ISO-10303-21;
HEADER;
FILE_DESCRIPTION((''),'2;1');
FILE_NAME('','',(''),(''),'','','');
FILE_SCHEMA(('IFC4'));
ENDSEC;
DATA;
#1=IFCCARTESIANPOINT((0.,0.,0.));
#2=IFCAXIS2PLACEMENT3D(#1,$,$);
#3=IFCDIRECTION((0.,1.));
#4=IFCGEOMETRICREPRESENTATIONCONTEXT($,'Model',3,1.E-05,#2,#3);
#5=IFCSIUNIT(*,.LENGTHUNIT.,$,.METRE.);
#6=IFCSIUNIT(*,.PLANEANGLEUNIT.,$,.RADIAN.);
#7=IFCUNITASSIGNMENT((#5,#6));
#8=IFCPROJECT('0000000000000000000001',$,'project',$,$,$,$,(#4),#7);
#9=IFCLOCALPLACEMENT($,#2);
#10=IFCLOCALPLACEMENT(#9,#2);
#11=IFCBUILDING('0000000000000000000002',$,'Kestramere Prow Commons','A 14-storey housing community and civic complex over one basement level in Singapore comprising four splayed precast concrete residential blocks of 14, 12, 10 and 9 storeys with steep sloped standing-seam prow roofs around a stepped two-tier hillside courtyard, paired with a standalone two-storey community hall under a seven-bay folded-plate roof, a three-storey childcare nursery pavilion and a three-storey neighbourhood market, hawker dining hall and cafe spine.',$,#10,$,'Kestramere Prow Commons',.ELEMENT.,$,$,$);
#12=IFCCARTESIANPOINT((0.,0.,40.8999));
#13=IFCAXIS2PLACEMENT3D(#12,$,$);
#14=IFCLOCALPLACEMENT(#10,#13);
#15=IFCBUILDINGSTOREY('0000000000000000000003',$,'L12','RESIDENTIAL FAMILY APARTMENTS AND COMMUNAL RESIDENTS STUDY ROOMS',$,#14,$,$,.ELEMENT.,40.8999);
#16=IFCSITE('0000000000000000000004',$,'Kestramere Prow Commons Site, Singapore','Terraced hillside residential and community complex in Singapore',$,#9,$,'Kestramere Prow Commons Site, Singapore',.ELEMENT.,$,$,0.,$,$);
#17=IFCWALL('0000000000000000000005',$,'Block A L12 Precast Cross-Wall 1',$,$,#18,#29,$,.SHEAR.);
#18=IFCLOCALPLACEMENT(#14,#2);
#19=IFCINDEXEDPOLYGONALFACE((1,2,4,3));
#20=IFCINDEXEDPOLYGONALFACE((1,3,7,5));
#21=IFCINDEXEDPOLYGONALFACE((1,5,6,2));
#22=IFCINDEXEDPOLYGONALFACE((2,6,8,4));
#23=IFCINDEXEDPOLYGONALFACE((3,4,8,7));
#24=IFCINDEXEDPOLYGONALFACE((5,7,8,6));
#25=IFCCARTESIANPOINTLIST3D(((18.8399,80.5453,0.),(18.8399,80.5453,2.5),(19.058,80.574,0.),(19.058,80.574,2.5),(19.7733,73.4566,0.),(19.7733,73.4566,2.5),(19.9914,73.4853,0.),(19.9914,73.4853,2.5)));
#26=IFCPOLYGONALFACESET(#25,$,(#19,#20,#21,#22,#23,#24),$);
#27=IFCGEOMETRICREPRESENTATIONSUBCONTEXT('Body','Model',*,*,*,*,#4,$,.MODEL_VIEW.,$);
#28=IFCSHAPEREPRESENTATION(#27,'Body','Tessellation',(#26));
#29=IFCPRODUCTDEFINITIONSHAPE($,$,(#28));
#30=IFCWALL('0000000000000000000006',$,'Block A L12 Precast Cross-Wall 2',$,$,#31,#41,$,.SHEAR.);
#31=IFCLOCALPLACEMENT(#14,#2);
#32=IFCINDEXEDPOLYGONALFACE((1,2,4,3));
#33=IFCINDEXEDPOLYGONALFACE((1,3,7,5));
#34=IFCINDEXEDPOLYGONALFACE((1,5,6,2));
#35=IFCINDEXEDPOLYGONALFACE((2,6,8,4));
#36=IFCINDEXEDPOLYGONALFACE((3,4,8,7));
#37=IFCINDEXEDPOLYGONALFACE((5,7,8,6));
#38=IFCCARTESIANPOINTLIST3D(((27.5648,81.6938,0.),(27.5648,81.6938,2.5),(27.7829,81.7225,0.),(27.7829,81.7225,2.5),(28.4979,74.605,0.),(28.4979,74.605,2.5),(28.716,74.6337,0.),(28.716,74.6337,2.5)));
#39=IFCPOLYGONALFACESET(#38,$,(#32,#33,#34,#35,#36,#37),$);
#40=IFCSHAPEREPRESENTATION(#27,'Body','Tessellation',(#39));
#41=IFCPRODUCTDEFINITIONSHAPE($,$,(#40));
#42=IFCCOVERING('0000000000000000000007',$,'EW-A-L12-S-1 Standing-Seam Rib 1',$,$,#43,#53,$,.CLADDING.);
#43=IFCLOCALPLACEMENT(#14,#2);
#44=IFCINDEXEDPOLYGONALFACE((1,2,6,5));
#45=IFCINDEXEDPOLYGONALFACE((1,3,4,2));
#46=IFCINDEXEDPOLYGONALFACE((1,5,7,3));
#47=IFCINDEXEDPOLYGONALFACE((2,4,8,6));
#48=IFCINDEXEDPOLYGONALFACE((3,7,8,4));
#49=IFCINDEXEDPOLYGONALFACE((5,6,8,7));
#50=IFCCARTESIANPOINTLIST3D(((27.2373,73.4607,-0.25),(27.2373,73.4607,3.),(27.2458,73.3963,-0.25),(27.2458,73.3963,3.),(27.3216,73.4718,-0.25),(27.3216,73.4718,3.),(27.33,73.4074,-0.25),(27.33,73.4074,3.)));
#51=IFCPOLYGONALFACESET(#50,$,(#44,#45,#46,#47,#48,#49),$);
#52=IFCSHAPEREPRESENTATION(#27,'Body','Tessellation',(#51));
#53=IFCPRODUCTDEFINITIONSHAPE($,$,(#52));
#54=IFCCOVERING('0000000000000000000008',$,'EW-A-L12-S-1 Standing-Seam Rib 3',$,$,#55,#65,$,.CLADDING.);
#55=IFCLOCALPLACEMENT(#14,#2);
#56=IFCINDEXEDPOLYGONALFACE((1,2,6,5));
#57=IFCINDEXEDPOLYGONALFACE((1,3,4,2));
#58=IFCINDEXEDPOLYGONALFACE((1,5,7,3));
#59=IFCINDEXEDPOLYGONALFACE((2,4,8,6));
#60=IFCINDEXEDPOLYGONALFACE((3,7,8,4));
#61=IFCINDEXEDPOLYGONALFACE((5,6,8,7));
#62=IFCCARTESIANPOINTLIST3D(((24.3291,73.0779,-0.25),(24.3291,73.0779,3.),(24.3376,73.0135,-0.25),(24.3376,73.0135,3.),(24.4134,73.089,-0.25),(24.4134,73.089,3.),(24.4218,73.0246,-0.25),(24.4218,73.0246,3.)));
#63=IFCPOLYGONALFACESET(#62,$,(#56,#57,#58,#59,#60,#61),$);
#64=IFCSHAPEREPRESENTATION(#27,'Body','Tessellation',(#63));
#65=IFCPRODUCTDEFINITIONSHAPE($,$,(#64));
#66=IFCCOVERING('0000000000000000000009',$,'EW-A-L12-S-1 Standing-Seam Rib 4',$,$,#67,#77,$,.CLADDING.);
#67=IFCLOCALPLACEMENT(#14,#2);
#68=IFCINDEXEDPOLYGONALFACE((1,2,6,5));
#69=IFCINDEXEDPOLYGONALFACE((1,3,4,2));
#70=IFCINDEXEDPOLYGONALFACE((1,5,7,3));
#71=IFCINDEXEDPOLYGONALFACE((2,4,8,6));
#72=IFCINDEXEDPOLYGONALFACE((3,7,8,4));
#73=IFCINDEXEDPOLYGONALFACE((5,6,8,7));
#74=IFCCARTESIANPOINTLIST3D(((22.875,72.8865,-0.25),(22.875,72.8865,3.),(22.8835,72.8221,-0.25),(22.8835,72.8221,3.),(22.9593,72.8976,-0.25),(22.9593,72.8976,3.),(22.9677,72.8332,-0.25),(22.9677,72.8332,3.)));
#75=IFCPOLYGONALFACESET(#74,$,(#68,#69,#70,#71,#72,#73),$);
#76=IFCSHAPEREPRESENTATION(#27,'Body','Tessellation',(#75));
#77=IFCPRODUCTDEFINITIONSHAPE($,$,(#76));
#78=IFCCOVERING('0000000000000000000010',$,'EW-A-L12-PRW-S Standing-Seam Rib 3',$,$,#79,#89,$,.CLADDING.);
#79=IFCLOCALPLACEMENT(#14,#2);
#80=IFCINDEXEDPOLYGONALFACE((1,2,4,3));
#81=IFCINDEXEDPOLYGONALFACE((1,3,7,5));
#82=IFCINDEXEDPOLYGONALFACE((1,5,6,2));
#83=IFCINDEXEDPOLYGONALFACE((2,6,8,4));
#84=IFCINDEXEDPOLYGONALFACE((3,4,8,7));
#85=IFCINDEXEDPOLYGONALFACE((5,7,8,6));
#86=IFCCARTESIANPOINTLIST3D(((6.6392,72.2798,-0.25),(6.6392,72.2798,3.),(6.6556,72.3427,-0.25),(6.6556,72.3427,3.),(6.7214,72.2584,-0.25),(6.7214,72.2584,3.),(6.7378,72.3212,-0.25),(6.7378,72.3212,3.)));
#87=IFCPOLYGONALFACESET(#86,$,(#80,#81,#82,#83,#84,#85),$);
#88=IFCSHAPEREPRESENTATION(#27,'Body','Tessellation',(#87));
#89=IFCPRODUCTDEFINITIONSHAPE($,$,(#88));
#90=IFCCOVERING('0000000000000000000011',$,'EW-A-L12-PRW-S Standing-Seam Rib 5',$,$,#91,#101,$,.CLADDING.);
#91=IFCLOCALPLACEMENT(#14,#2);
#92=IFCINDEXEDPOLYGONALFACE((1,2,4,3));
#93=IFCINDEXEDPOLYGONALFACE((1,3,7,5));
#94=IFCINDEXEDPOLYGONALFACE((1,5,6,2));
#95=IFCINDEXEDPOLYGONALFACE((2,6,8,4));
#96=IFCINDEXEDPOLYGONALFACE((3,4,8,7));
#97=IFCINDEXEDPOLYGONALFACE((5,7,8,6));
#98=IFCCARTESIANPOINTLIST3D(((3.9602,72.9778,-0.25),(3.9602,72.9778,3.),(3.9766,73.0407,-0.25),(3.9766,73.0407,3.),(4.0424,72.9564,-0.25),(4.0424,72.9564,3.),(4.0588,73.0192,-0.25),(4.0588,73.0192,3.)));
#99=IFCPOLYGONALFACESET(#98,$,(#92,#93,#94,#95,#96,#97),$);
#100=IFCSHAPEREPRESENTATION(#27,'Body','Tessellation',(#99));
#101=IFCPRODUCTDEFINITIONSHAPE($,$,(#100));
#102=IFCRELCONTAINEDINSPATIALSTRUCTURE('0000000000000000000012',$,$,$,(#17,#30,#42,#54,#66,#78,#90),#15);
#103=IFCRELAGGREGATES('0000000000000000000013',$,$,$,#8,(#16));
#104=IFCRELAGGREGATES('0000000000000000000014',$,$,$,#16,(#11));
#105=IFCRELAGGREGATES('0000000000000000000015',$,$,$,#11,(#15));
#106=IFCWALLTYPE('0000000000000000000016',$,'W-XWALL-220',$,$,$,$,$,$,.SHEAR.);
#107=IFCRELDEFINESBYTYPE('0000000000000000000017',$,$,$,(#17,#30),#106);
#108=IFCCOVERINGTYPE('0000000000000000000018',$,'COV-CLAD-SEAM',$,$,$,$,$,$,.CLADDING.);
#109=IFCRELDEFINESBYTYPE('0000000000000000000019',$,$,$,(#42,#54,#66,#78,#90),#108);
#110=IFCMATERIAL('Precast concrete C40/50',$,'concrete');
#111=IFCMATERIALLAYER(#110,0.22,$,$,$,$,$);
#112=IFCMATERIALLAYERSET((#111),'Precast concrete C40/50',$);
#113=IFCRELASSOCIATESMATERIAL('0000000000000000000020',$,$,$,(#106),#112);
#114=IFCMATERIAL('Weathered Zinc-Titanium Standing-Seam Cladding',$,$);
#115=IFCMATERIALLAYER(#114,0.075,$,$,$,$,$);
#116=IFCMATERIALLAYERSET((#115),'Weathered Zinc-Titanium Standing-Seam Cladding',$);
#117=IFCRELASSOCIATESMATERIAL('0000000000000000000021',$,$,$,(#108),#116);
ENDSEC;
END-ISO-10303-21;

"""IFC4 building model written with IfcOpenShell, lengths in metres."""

from ifc_helpers import new_model, si_unit, direction, frame, frame_2d, origin, origin_2d, place, context, subcontext, project, spatial, rectangle, extrude, material, layer, layer_set, type_object, element, save


model = new_model("IFC4")

# Units and contexts
model_context = context("Model", 3, precision=1e-05, world=origin(), true_north=direction((0.0, 1.0)))
body_context = subcontext(model_context, "Body", "Model", "MODEL_VIEW")
ifc_project = project(units=[si_unit("LENGTHUNIT", "METRE"), si_unit("PLANEANGLEUNIT", "RADIAN")], contexts=[model_context])

# Site, building, storey
site_placement = place(None, origin())
site = spatial("IfcSite", under=ifc_project, at=site_placement, Name="Kestramere Prow Commons Site, Singapore", Description="Terraced hillside residential and community complex in Singapore", LongName="Kestramere Prow Commons Site, Singapore", CompositionType="ELEMENT", RefElevation=0.0)
building_placement = place(site_placement, origin())
building = spatial("IfcBuilding", under=site, at=building_placement, Name="Kestramere Prow Commons", Description="A 14-storey housing community and civic complex over one basement level in Singapore comprising four splayed precast concrete residential blocks of 14, 12, 10 and 9 storeys with steep sloped standing-seam prow roofs around a stepped two-tier hillside courtyard, paired with a standalone two-storey community hall under a seven-bay folded-plate roof, a three-storey childcare nursery pavilion and a three-storey neighbourhood market, hawker dining hall and cafe spine.", LongName="Kestramere Prow Commons", CompositionType="ELEMENT")
storey_placement = place(building_placement, frame((0.0, 0.0, 40.8999)))
storey = spatial("IfcBuildingStorey", under=building, at=storey_placement, Name="L12", Description="RESIDENTIAL FAMILY APARTMENTS AND COMMUNAL RESIDENTS STUDY ROOMS", CompositionType="ELEMENT", Elevation=40.8999)

# Shared definitions
ifc_material_1 = material(Name="Precast concrete C40/50", Category="concrete")

# Shared definitions
ifc_material_2 = material(Name="Weathered Zinc-Titanium Standing-Seam Cladding")

# Walls
ifc_layer_1 = layer(ifc_material_1, 0.22)
ifc_layer_set_1 = layer_set([ifc_layer_1], Name="Precast concrete C40/50")
wall_type_1 = type_object("IfcWallType", Name="W-XWALL-220", PredefinedType="SHEAR", material=ifc_layer_set_1)
for number, where, z_axis, x_axis, name in (
    (1, (19.8823, 73.4709, 0.0), (0.0, 0.0, 1.0), (-0.130542, 0.991443, 0.0), "Block A L12 Precast Cross-Wall 1"),
    (2, (28.6069, 74.6194, 0.0), (0.0, 0.0, 1.0), (-0.130504, 0.991448, 0.0), "Block A L12 Precast Cross-Wall 2"),
):
    element("IfcWall", number, at=place(storey_placement, frame(where, z_axis=z_axis, x_axis=x_axis)), inside=storey, type_object=wall_type_1, Name=name, PredefinedType="SHEAR", context=body_context, shape_type="SweptSolid", body=[
        extrude(rectangle(XDim=7.1499, YDim=0.22, at=frame_2d((3.575, 0.0))), origin(), (0.0, 0.0, 1.0), 2.5),
    ])

# Coverings
ifc_layer_2 = layer(ifc_material_2, 0.075)
ifc_layer_set_2 = layer_set([ifc_layer_2], Name="Weathered Zinc-Titanium Standing-Seam Cladding")
covering_type = type_object("IfcCoveringType", Name="COV-CLAD-SEAM", PredefinedType="CLADDING", material=ifc_layer_set_2)
for number, where, z_axis, x_axis, name in (
    (3, (27.2837, 73.4341, -0.25), (0.0, 0.0, 1.0), (-0.991445, -0.130526, 0.0), "EW-A-L12-S-1 Standing-Seam Rib 1"),
    (4, (24.3755, 73.0513, -0.25), (0.0, 0.0, 1.0), (-0.991445, -0.130526, 0.0), "EW-A-L12-S-1 Standing-Seam Rib 3"),
    (5, (22.9214, 72.8599, -0.25), (0.0, 0.0, 1.0), (-0.991445, -0.130526, 0.0), "EW-A-L12-S-1 Standing-Seam Rib 4"),
    (6, (6.6885, 72.3005, -0.25), (0.0, 0.0, 1.0), (-0.967698, 0.252112, 0.0), "EW-A-L12-PRW-S Standing-Seam Rib 3"),
    (7, (4.0095, 72.9985, -0.25), (0.0, 0.0, 1.0), (-0.967698, 0.252112, 0.0), "EW-A-L12-PRW-S Standing-Seam Rib 5"),
):
    element("IfcCovering", number, at=place(storey_placement, frame(where, z_axis=z_axis, x_axis=x_axis)), inside=storey, type_object=covering_type, Name=name, PredefinedType="CLADDING", context=body_context, shape_type="SweptSolid", body=[
        extrude(rectangle(XDim=0.085, YDim=0.0649, at=origin_2d()), origin(), (0.0, 0.0, 1.0), 3.25),
    ])

save(model, "model.ifc")
